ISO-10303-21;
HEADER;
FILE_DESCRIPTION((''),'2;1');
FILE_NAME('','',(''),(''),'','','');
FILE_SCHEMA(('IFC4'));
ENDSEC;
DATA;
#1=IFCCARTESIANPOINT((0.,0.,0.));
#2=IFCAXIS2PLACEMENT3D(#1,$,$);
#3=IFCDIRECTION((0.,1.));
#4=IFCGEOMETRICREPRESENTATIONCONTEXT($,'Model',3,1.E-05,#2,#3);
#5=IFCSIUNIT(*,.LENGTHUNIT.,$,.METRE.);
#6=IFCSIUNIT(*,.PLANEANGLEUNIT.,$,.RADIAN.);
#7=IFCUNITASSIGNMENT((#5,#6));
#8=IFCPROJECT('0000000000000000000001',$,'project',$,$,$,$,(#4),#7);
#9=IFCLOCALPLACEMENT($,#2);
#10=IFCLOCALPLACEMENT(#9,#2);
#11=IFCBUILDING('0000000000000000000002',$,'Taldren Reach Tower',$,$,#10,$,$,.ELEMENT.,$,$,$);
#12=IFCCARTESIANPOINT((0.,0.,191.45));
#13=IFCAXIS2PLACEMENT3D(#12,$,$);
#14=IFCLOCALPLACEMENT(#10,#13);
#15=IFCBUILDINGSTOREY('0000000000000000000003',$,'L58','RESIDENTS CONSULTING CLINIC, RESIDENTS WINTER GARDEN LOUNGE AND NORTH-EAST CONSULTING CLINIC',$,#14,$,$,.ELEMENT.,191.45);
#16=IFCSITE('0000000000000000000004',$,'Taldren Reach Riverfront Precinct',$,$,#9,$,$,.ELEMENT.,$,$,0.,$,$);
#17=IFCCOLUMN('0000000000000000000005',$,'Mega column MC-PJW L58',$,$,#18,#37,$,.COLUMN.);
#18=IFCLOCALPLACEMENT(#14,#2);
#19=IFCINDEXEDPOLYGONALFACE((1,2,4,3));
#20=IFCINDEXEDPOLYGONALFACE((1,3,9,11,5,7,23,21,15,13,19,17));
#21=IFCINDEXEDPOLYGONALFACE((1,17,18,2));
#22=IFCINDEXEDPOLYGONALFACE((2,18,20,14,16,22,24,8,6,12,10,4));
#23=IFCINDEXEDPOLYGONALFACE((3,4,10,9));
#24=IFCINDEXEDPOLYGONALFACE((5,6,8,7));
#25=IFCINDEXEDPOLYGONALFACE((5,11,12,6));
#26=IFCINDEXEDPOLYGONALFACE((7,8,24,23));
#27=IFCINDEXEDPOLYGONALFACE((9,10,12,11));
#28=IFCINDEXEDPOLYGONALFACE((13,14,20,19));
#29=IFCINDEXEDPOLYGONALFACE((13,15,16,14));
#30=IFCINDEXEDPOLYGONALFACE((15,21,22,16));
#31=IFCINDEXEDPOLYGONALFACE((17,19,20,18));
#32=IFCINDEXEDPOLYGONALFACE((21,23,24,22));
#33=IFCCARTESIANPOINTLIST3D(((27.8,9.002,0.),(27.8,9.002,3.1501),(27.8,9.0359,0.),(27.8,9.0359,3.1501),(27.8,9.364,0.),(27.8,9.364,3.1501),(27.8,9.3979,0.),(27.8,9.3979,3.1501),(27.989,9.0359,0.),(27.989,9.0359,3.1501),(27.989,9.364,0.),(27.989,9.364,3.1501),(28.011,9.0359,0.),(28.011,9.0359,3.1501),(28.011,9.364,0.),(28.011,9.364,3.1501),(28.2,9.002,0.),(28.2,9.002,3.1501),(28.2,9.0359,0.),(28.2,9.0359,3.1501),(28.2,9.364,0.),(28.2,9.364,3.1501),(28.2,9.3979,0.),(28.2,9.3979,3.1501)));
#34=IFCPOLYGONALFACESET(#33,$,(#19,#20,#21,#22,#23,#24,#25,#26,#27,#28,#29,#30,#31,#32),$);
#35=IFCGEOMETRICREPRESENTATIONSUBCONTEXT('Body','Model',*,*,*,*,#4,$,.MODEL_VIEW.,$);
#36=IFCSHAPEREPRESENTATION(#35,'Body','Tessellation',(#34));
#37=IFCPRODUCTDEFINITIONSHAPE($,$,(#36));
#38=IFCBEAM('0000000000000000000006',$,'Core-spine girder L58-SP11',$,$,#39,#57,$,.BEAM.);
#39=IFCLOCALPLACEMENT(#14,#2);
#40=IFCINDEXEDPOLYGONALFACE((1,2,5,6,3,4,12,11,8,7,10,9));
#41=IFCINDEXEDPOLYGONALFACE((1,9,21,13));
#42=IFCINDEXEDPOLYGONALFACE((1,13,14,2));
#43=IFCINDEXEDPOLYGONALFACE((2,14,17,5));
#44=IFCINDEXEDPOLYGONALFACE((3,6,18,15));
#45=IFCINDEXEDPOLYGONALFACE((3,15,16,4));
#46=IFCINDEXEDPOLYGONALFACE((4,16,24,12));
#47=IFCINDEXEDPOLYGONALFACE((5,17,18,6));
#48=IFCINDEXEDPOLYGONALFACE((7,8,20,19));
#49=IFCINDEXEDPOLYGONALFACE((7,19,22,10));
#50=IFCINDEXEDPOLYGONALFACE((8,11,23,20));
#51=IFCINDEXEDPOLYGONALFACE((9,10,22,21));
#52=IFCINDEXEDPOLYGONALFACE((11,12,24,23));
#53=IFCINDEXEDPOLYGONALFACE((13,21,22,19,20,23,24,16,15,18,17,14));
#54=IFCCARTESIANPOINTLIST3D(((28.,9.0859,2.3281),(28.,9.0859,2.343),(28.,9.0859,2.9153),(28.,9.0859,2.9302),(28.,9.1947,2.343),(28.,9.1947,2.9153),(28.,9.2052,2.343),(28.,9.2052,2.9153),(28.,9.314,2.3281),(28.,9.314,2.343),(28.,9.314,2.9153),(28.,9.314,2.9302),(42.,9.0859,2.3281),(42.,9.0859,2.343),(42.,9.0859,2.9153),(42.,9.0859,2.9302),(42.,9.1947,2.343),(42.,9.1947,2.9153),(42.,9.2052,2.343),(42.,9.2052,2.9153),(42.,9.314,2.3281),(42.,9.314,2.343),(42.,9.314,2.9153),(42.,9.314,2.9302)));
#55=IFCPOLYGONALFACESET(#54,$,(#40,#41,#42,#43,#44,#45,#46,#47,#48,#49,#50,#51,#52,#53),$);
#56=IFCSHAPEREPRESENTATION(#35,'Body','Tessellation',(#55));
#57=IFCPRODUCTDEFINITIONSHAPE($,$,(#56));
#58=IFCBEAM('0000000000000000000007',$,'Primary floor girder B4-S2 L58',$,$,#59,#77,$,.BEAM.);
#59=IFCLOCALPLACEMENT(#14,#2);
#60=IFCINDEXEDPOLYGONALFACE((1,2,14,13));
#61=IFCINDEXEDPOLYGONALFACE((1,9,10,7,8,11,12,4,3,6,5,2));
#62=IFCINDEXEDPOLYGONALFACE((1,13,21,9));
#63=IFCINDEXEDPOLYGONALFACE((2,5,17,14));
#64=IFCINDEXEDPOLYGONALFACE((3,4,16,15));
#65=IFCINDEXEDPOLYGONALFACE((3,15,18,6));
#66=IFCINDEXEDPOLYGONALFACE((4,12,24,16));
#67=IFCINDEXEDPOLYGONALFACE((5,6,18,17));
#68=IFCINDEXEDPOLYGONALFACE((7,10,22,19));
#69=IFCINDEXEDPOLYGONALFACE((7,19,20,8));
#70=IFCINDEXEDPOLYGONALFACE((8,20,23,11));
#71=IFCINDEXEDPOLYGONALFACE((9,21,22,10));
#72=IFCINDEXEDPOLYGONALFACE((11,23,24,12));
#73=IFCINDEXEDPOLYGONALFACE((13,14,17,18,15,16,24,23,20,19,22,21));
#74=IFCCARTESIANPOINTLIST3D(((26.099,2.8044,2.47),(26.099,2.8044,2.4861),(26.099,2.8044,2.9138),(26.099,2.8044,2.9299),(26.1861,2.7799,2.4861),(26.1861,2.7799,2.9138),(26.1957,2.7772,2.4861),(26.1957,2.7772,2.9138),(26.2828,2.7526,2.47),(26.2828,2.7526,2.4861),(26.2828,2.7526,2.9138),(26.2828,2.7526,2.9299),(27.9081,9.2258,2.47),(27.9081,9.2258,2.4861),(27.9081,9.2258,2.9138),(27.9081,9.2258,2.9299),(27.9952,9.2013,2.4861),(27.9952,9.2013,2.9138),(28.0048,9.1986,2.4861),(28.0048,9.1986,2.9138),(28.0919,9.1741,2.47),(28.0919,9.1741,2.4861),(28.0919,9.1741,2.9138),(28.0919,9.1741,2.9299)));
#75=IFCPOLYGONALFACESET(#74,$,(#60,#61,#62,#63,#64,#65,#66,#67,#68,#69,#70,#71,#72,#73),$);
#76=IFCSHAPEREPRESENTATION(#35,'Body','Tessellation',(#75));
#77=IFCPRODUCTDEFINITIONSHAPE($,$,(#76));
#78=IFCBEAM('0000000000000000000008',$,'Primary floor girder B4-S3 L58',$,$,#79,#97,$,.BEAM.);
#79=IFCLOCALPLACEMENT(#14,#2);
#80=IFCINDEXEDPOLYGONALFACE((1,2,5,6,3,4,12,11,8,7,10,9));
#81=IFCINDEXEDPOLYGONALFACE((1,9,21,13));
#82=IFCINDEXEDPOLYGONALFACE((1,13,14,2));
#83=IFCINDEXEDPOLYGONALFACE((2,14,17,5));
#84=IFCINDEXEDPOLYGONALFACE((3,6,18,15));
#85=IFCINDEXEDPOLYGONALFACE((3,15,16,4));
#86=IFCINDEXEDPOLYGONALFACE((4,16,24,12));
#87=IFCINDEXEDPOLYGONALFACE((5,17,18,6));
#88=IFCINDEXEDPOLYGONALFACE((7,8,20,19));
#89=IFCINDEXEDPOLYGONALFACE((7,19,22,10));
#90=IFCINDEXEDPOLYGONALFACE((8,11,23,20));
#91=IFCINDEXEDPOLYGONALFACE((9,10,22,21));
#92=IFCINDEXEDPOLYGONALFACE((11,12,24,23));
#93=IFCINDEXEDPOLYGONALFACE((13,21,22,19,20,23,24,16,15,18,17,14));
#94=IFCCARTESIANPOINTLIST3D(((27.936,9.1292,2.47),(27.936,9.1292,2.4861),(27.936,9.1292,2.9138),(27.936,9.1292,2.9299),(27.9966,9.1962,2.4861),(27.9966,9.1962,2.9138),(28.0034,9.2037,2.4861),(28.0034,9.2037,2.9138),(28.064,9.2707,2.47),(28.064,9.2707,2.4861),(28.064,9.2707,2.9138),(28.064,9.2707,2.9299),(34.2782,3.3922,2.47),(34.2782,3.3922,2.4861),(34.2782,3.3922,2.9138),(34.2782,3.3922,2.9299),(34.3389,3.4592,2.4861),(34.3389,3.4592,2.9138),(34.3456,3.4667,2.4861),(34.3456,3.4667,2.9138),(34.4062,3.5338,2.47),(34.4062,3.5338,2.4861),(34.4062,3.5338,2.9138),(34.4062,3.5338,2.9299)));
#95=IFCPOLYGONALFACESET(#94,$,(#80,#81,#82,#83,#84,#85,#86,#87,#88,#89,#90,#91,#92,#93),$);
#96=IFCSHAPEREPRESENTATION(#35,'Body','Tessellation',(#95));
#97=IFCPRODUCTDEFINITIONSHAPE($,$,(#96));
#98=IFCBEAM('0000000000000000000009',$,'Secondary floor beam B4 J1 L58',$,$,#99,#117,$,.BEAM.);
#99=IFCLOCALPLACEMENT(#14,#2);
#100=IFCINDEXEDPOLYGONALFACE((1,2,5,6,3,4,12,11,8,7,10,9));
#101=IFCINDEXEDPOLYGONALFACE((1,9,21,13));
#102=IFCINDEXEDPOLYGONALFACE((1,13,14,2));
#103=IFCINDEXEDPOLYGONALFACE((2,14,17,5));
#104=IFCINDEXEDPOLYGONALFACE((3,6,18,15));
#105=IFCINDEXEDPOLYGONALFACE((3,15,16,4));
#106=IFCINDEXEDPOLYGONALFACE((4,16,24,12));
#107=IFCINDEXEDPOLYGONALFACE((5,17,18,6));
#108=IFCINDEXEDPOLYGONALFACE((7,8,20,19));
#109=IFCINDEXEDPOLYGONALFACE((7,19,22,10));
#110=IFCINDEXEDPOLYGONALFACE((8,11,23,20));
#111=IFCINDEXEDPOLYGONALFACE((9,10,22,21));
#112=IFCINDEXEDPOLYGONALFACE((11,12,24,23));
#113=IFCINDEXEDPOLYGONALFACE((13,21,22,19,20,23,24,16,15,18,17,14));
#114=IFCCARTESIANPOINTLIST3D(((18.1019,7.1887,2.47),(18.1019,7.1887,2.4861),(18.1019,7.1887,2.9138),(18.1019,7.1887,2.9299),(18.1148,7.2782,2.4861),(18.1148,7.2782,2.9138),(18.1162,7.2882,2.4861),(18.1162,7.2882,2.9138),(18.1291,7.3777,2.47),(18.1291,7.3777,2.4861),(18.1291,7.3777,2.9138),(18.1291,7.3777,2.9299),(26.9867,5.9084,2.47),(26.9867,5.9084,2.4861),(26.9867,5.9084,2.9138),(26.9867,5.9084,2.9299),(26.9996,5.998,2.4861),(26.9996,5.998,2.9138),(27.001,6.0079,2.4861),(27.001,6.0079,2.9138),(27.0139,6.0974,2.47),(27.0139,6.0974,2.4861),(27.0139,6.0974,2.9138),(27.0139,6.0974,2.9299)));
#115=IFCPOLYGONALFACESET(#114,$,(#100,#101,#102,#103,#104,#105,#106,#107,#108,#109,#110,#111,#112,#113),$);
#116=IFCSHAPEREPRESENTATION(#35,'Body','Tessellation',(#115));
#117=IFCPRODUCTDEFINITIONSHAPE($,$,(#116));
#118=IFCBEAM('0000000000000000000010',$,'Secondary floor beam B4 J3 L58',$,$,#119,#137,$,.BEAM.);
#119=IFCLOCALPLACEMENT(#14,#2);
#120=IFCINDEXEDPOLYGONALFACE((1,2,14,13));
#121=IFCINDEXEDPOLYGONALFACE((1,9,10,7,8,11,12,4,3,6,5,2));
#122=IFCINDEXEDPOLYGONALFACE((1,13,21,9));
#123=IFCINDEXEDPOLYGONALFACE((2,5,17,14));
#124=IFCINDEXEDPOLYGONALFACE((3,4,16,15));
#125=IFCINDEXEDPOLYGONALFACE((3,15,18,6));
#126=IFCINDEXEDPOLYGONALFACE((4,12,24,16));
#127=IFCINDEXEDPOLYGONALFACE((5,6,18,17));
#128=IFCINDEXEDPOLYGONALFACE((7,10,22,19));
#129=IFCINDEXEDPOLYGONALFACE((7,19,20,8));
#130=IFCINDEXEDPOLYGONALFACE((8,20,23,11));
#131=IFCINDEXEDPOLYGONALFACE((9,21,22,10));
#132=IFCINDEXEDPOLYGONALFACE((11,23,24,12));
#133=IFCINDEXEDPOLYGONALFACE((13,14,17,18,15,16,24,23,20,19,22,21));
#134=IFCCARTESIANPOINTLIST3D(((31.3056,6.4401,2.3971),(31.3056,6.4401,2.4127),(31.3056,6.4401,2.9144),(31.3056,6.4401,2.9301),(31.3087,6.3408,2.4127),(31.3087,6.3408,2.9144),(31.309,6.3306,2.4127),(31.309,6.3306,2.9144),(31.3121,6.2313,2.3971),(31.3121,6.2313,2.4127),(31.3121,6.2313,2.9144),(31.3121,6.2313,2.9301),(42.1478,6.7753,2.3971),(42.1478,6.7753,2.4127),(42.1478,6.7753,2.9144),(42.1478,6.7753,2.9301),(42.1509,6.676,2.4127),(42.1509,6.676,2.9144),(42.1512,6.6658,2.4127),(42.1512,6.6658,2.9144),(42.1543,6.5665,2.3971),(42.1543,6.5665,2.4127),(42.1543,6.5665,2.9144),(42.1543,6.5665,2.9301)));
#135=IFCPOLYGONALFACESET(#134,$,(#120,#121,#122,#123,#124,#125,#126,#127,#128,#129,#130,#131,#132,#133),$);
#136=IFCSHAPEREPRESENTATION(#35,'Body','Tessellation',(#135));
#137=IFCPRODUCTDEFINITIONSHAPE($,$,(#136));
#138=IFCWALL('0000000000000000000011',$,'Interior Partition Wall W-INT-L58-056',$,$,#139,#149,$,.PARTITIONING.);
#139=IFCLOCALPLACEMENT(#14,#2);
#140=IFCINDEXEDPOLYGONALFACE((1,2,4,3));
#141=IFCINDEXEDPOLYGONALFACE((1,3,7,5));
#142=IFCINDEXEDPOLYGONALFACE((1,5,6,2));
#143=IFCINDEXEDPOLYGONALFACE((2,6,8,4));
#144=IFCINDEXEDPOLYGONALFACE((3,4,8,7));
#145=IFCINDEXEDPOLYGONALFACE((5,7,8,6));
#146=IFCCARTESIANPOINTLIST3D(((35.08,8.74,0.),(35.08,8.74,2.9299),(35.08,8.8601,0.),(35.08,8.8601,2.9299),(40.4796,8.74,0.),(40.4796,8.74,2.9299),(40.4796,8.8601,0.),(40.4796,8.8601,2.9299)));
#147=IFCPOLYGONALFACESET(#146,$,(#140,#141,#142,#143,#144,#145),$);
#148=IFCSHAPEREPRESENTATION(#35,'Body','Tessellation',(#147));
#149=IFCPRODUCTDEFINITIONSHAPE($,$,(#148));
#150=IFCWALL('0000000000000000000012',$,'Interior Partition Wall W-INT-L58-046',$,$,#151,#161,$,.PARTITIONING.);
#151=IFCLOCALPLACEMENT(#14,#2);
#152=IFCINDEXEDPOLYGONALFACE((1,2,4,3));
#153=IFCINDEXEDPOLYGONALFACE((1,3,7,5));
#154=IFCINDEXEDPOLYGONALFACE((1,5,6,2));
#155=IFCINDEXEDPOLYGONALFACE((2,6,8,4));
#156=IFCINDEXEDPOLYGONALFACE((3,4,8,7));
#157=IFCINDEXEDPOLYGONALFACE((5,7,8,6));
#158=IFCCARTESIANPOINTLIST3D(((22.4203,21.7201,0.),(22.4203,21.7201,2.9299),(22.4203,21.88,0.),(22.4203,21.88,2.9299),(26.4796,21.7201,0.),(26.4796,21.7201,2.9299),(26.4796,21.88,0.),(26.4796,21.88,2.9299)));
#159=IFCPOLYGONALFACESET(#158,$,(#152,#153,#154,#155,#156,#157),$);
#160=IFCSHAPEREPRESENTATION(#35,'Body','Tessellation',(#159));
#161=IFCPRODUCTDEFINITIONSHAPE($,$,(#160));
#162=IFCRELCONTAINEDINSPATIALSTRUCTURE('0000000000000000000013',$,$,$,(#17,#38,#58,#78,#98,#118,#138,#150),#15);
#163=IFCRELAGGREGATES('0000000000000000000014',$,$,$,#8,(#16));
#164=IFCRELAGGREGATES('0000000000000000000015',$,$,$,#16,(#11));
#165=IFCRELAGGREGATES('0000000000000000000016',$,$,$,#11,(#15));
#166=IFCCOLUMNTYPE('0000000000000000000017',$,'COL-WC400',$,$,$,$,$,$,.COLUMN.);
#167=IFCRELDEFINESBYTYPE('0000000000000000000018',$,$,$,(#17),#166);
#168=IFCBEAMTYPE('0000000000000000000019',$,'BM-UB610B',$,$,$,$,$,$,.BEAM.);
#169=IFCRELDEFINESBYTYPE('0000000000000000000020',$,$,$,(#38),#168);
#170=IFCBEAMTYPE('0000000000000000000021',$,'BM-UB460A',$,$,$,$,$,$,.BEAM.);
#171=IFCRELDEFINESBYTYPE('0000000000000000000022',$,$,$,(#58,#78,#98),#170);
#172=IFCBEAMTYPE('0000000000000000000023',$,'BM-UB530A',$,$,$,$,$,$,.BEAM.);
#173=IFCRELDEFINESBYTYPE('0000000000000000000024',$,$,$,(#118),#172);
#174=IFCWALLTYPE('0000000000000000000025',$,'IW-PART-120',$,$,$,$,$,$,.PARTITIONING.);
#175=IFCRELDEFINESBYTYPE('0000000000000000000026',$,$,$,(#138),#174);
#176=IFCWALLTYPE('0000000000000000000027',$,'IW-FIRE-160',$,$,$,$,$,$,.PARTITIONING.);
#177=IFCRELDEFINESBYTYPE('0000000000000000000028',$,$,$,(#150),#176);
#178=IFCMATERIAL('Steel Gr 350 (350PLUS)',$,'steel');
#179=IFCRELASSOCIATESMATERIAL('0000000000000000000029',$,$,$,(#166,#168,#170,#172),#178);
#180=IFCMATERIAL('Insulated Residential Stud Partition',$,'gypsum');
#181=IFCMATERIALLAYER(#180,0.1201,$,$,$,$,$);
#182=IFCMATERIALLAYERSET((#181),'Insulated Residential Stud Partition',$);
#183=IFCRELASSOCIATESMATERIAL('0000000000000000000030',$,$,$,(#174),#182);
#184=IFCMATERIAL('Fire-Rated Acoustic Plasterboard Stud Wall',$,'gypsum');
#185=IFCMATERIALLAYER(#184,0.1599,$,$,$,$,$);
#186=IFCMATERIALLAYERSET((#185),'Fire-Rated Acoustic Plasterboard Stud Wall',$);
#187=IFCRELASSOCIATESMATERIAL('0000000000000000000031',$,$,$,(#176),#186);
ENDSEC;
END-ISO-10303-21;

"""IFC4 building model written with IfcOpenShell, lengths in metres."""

from ifc_helpers import new_model, si_unit, direction, frame, frame_2d, origin, origin_2d, place, context, subcontext, project, spatial, rectangle, i_section, extrude, source, transform, mapped, material, layer, layer_set, material_profile, profile_set, type_object, element, save


model = new_model("IFC4")

# Units and contexts
model_context = context("Model", 3, precision=1e-05, world=origin(), true_north=direction((0.0, 1.0)))
body_context = subcontext(model_context, "Body", "Model", "MODEL_VIEW")
ifc_project = project(units=[si_unit("LENGTHUNIT", "METRE"), si_unit("PLANEANGLEUNIT", "RADIAN")], contexts=[model_context])

# Site, building, storey
site_placement = place(None, origin())
site = spatial("IfcSite", under=ifc_project, at=site_placement, Name="Taldren Reach Riverfront Precinct", CompositionType="ELEMENT", RefElevation=0.0)
building_placement = place(site_placement, origin())
building = spatial("IfcBuilding", under=site, at=building_placement, Name="Taldren Reach Tower", CompositionType="ELEMENT")
storey_placement = place(building_placement, frame((0.0, 0.0, 191.45)))
storey = spatial("IfcBuildingStorey", under=building, at=storey_placement, Name="L58", Description="RESIDENTS CONSULTING CLINIC, RESIDENTS WINTER GARDEN LOUNGE AND NORTH-EAST CONSULTING CLINIC", CompositionType="ELEMENT", Elevation=191.45)

# Column
ifc_material_1 = material(Name="Steel Gr 350 (350PLUS)", Category="steel")
ifc_material_profile_1 = material_profile(ifc_material_1, i_section(OverallWidth=0.3999, OverallDepth=0.396, WebThickness=0.022, FlangeThickness=0.0339, at=origin_2d()), Name="400WC270")
ifc_profile_set_1 = profile_set([ifc_material_profile_1], Name="Steel Gr 350 (350PLUS)")
column_type = type_object("IfcColumnType", Name="COL-WC400", PredefinedType="COLUMN", material=ifc_profile_set_1)
shared_shape_1 = source(origin(), body_context, "Body", "SweptSolid", [
    extrude(i_section(OverallWidth=0.3999, OverallDepth=0.396, WebThickness=0.022, FlangeThickness=0.0339, at=origin_2d()), origin(), (0.0, 0.0, 1.0), 3.1501),
])
column_placement = place(storey_placement, frame((28.0, 9.2, 0.0), z_axis=(0.0, 0.0, 1.0), x_axis=(1.0, 0.0, 0.0)))
element("IfcColumn", 1, at=column_placement, inside=storey, type_object=column_type, Name="Mega column MC-PJW L58", PredefinedType="COLUMN", context=body_context, shape_type="MappedRepresentation", body=[
    mapped(shared_shape_1, transform((0.0, 0.0, 0.0), scale=1.0)),
])

# Beams
ifc_material_profile_2 = material_profile(ifc_material_1, i_section(OverallWidth=0.228, OverallDepth=0.6021, WebThickness=0.0105, FlangeThickness=0.0149, at=origin_2d()), Name="610UB101")
ifc_profile_set_2 = profile_set([ifc_material_profile_2], Name="Steel Gr 350 (350PLUS)")
beam_type_1 = type_object("IfcBeamType", Name="BM-UB610B", PredefinedType="BEAM", material=ifc_profile_set_2)
shared_shape_2 = source(origin(), body_context, "Body", "SweptSolid", [
    extrude(i_section(OverallWidth=0.228, OverallDepth=0.6021, WebThickness=0.0105, FlangeThickness=0.0149, at=origin_2d()), origin(), (0.0, 0.0, 1.0), 14.0),
])
beam_1_placement = place(storey_placement, frame((28.0, 9.2, 2.6292), z_axis=(1.0, 0.0, 0.0), x_axis=(0.0, 1.0, 0.0)))
element("IfcBeam", 2, at=beam_1_placement, inside=storey, type_object=beam_type_1, Name="Core-spine girder L58-SP11", PredefinedType="BEAM", context=body_context, shape_type="MappedRepresentation", body=[
    mapped(shared_shape_2, transform((0.0, 0.0, 0.0), scale=1.0)),
])
ifc_material_profile_3 = material_profile(ifc_material_1, i_section(OverallWidth=0.1909, OverallDepth=0.46, WebThickness=0.01, FlangeThickness=0.0161, at=origin_2d()), Name="460UB82.1")
ifc_profile_set_3 = profile_set([ifc_material_profile_3], Name="Steel Gr 350 (350PLUS)")
beam_type_2 = type_object("IfcBeamType", Name="BM-UB460A", PredefinedType="BEAM", material=ifc_profile_set_3)
shared_shape_3 = source(origin(), body_context, "Body", "SweptSolid", [
    extrude(i_section(OverallWidth=0.1909, OverallDepth=0.46, WebThickness=0.01, FlangeThickness=0.0161, at=origin_2d()), origin(), (0.0, 0.0, 1.0), 6.6714),
])
beam_2_placement = place(storey_placement, frame((28.0, 9.2, 2.7), z_axis=(-0.271172, -0.962531, 0.0), x_axis=(0.962531, -0.271172, 0.0)))
element("IfcBeam", 3, at=beam_2_placement, inside=storey, type_object=beam_type_2, Name="Primary floor girder B4-S2 L58", PredefinedType="BEAM", context=body_context, shape_type="MappedRepresentation", body=[
    mapped(shared_shape_3, transform((0.0, 0.0, 0.0), scale=1.0)),
])
shared_shape_4 = source(origin(), body_context, "Body", "SweptSolid", [
    extrude(i_section(OverallWidth=0.1909, OverallDepth=0.46, WebThickness=0.01, FlangeThickness=0.0161, at=origin_2d()), origin(), (0.0, 0.0, 1.0), 8.552),
])
beam_3_placement = place(storey_placement, frame((28.0, 9.2, 2.7), z_axis=(0.741605, -0.670836, 0.0), x_axis=(0.670836, 0.741605, 0.0)))
element("IfcBeam", 4, at=beam_3_placement, inside=storey, type_object=beam_type_2, Name="Primary floor girder B4-S3 L58", PredefinedType="BEAM", context=body_context, shape_type="MappedRepresentation", body=[
    mapped(shared_shape_4, transform((0.0, 0.0, 0.0), scale=1.0)),
])
shared_shape_5 = source(origin(), body_context, "Body", "SweptSolid", [
    extrude(i_section(OverallWidth=0.1909, OverallDepth=0.46, WebThickness=0.01, FlangeThickness=0.0161, at=origin_2d()), origin(), (0.0, 0.0, 1.0), 8.9766),
])
beam_4_placement = place(storey_placement, frame((18.1155, 7.2832, 2.7), z_axis=(0.989777, -0.142624, 0.0), x_axis=(0.142624, 0.989777, 0.0)))
element("IfcBeam", 5, at=beam_4_placement, inside=storey, type_object=beam_type_2, Name="Secondary floor beam B4 J1 L58", PredefinedType="BEAM", context=body_context, shape_type="MappedRepresentation", body=[
    mapped(shared_shape_5, transform((0.0, 0.0, 0.0), scale=1.0)),
])
ifc_material_profile_4 = material_profile(ifc_material_1, i_section(OverallWidth=0.209, OverallDepth=0.533, WebThickness=0.0103, FlangeThickness=0.0156, at=origin_2d()), Name="530UB92.4")
ifc_profile_set_4 = profile_set([ifc_material_profile_4], Name="Steel Gr 350 (350PLUS)")
beam_type_3 = type_object("IfcBeamType", Name="BM-UB530A", PredefinedType="BEAM", material=ifc_profile_set_4)
shared_shape_6 = source(origin(), body_context, "Body", "SweptSolid", [
    extrude(i_section(OverallWidth=0.209, OverallDepth=0.533, WebThickness=0.0103, FlangeThickness=0.0156, at=origin_2d()), origin(), (0.0, 0.0, 1.0), 10.8474),
])
beam_5_placement = place(storey_placement, frame((31.3088, 6.3357, 2.6636), z_axis=(0.999522, 0.030902, 0.0), x_axis=(-0.030902, 0.999522, 0.0)))
element("IfcBeam", 6, at=beam_5_placement, inside=storey, type_object=beam_type_3, Name="Secondary floor beam B4 J3 L58", PredefinedType="BEAM", context=body_context, shape_type="MappedRepresentation", body=[
    mapped(shared_shape_6, transform((0.0, 0.0, 0.0), scale=1.0)),
])

# Walls
ifc_material_2 = material(Name="Insulated Residential Stud Partition", Category="gypsum")
ifc_layer_1 = layer(ifc_material_2, 0.1201)
ifc_layer_set_1 = layer_set([ifc_layer_1], Name="Insulated Residential Stud Partition")
wall_type_1 = type_object("IfcWallType", Name="IW-PART-120", PredefinedType="PARTITIONING", material=ifc_layer_set_1)
shared_shape_7 = source(origin(), body_context, "Body", "SweptSolid", [
    extrude(rectangle(XDim=5.3997, YDim=0.1201, at=frame_2d((2.6997, 0.0))), origin(), (0.0, 0.0, 1.0), 2.9299),
])
wall_1_placement = place(storey_placement, frame((35.0801, 8.8, 0.0), z_axis=(0.0, 0.0, 1.0), x_axis=(1.0, 0.0, 0.0)))
element("IfcWall", 7, at=wall_1_placement, inside=storey, type_object=wall_type_1, Name="Interior Partition Wall W-INT-L58-056", PredefinedType="PARTITIONING", context=body_context, shape_type="MappedRepresentation", body=[
    mapped(shared_shape_7, transform((0.0, 0.0, 0.0), scale=1.0)),
])
ifc_material_3 = material(Name="Fire-Rated Acoustic Plasterboard Stud Wall", Category="gypsum")
ifc_layer_2 = layer(ifc_material_3, 0.1599)
ifc_layer_set_2 = layer_set([ifc_layer_2], Name="Fire-Rated Acoustic Plasterboard Stud Wall")
wall_type_2 = type_object("IfcWallType", Name="IW-FIRE-160", PredefinedType="PARTITIONING", material=ifc_layer_set_2)
shared_shape_8 = source(origin(), body_context, "Body", "SweptSolid", [
    extrude(rectangle(XDim=4.0593, YDim=0.1599, at=frame_2d((2.0298, 0.0))), origin(), (0.0, 0.0, 1.0), 2.9299),
])
wall_2_placement = place(storey_placement, frame((26.4797, 21.8, 0.0), z_axis=(0.0, 0.0, 1.0), x_axis=(-1.0, 0.0, 0.0)))
element("IfcWall", 8, at=wall_2_placement, inside=storey, type_object=wall_type_2, Name="Interior Partition Wall W-INT-L58-046", PredefinedType="PARTITIONING", context=body_context, shape_type="MappedRepresentation", body=[
    mapped(shared_shape_8, transform((0.0, 0.0, 0.0), scale=1.0)),
])

save(model, "model.ifc")
